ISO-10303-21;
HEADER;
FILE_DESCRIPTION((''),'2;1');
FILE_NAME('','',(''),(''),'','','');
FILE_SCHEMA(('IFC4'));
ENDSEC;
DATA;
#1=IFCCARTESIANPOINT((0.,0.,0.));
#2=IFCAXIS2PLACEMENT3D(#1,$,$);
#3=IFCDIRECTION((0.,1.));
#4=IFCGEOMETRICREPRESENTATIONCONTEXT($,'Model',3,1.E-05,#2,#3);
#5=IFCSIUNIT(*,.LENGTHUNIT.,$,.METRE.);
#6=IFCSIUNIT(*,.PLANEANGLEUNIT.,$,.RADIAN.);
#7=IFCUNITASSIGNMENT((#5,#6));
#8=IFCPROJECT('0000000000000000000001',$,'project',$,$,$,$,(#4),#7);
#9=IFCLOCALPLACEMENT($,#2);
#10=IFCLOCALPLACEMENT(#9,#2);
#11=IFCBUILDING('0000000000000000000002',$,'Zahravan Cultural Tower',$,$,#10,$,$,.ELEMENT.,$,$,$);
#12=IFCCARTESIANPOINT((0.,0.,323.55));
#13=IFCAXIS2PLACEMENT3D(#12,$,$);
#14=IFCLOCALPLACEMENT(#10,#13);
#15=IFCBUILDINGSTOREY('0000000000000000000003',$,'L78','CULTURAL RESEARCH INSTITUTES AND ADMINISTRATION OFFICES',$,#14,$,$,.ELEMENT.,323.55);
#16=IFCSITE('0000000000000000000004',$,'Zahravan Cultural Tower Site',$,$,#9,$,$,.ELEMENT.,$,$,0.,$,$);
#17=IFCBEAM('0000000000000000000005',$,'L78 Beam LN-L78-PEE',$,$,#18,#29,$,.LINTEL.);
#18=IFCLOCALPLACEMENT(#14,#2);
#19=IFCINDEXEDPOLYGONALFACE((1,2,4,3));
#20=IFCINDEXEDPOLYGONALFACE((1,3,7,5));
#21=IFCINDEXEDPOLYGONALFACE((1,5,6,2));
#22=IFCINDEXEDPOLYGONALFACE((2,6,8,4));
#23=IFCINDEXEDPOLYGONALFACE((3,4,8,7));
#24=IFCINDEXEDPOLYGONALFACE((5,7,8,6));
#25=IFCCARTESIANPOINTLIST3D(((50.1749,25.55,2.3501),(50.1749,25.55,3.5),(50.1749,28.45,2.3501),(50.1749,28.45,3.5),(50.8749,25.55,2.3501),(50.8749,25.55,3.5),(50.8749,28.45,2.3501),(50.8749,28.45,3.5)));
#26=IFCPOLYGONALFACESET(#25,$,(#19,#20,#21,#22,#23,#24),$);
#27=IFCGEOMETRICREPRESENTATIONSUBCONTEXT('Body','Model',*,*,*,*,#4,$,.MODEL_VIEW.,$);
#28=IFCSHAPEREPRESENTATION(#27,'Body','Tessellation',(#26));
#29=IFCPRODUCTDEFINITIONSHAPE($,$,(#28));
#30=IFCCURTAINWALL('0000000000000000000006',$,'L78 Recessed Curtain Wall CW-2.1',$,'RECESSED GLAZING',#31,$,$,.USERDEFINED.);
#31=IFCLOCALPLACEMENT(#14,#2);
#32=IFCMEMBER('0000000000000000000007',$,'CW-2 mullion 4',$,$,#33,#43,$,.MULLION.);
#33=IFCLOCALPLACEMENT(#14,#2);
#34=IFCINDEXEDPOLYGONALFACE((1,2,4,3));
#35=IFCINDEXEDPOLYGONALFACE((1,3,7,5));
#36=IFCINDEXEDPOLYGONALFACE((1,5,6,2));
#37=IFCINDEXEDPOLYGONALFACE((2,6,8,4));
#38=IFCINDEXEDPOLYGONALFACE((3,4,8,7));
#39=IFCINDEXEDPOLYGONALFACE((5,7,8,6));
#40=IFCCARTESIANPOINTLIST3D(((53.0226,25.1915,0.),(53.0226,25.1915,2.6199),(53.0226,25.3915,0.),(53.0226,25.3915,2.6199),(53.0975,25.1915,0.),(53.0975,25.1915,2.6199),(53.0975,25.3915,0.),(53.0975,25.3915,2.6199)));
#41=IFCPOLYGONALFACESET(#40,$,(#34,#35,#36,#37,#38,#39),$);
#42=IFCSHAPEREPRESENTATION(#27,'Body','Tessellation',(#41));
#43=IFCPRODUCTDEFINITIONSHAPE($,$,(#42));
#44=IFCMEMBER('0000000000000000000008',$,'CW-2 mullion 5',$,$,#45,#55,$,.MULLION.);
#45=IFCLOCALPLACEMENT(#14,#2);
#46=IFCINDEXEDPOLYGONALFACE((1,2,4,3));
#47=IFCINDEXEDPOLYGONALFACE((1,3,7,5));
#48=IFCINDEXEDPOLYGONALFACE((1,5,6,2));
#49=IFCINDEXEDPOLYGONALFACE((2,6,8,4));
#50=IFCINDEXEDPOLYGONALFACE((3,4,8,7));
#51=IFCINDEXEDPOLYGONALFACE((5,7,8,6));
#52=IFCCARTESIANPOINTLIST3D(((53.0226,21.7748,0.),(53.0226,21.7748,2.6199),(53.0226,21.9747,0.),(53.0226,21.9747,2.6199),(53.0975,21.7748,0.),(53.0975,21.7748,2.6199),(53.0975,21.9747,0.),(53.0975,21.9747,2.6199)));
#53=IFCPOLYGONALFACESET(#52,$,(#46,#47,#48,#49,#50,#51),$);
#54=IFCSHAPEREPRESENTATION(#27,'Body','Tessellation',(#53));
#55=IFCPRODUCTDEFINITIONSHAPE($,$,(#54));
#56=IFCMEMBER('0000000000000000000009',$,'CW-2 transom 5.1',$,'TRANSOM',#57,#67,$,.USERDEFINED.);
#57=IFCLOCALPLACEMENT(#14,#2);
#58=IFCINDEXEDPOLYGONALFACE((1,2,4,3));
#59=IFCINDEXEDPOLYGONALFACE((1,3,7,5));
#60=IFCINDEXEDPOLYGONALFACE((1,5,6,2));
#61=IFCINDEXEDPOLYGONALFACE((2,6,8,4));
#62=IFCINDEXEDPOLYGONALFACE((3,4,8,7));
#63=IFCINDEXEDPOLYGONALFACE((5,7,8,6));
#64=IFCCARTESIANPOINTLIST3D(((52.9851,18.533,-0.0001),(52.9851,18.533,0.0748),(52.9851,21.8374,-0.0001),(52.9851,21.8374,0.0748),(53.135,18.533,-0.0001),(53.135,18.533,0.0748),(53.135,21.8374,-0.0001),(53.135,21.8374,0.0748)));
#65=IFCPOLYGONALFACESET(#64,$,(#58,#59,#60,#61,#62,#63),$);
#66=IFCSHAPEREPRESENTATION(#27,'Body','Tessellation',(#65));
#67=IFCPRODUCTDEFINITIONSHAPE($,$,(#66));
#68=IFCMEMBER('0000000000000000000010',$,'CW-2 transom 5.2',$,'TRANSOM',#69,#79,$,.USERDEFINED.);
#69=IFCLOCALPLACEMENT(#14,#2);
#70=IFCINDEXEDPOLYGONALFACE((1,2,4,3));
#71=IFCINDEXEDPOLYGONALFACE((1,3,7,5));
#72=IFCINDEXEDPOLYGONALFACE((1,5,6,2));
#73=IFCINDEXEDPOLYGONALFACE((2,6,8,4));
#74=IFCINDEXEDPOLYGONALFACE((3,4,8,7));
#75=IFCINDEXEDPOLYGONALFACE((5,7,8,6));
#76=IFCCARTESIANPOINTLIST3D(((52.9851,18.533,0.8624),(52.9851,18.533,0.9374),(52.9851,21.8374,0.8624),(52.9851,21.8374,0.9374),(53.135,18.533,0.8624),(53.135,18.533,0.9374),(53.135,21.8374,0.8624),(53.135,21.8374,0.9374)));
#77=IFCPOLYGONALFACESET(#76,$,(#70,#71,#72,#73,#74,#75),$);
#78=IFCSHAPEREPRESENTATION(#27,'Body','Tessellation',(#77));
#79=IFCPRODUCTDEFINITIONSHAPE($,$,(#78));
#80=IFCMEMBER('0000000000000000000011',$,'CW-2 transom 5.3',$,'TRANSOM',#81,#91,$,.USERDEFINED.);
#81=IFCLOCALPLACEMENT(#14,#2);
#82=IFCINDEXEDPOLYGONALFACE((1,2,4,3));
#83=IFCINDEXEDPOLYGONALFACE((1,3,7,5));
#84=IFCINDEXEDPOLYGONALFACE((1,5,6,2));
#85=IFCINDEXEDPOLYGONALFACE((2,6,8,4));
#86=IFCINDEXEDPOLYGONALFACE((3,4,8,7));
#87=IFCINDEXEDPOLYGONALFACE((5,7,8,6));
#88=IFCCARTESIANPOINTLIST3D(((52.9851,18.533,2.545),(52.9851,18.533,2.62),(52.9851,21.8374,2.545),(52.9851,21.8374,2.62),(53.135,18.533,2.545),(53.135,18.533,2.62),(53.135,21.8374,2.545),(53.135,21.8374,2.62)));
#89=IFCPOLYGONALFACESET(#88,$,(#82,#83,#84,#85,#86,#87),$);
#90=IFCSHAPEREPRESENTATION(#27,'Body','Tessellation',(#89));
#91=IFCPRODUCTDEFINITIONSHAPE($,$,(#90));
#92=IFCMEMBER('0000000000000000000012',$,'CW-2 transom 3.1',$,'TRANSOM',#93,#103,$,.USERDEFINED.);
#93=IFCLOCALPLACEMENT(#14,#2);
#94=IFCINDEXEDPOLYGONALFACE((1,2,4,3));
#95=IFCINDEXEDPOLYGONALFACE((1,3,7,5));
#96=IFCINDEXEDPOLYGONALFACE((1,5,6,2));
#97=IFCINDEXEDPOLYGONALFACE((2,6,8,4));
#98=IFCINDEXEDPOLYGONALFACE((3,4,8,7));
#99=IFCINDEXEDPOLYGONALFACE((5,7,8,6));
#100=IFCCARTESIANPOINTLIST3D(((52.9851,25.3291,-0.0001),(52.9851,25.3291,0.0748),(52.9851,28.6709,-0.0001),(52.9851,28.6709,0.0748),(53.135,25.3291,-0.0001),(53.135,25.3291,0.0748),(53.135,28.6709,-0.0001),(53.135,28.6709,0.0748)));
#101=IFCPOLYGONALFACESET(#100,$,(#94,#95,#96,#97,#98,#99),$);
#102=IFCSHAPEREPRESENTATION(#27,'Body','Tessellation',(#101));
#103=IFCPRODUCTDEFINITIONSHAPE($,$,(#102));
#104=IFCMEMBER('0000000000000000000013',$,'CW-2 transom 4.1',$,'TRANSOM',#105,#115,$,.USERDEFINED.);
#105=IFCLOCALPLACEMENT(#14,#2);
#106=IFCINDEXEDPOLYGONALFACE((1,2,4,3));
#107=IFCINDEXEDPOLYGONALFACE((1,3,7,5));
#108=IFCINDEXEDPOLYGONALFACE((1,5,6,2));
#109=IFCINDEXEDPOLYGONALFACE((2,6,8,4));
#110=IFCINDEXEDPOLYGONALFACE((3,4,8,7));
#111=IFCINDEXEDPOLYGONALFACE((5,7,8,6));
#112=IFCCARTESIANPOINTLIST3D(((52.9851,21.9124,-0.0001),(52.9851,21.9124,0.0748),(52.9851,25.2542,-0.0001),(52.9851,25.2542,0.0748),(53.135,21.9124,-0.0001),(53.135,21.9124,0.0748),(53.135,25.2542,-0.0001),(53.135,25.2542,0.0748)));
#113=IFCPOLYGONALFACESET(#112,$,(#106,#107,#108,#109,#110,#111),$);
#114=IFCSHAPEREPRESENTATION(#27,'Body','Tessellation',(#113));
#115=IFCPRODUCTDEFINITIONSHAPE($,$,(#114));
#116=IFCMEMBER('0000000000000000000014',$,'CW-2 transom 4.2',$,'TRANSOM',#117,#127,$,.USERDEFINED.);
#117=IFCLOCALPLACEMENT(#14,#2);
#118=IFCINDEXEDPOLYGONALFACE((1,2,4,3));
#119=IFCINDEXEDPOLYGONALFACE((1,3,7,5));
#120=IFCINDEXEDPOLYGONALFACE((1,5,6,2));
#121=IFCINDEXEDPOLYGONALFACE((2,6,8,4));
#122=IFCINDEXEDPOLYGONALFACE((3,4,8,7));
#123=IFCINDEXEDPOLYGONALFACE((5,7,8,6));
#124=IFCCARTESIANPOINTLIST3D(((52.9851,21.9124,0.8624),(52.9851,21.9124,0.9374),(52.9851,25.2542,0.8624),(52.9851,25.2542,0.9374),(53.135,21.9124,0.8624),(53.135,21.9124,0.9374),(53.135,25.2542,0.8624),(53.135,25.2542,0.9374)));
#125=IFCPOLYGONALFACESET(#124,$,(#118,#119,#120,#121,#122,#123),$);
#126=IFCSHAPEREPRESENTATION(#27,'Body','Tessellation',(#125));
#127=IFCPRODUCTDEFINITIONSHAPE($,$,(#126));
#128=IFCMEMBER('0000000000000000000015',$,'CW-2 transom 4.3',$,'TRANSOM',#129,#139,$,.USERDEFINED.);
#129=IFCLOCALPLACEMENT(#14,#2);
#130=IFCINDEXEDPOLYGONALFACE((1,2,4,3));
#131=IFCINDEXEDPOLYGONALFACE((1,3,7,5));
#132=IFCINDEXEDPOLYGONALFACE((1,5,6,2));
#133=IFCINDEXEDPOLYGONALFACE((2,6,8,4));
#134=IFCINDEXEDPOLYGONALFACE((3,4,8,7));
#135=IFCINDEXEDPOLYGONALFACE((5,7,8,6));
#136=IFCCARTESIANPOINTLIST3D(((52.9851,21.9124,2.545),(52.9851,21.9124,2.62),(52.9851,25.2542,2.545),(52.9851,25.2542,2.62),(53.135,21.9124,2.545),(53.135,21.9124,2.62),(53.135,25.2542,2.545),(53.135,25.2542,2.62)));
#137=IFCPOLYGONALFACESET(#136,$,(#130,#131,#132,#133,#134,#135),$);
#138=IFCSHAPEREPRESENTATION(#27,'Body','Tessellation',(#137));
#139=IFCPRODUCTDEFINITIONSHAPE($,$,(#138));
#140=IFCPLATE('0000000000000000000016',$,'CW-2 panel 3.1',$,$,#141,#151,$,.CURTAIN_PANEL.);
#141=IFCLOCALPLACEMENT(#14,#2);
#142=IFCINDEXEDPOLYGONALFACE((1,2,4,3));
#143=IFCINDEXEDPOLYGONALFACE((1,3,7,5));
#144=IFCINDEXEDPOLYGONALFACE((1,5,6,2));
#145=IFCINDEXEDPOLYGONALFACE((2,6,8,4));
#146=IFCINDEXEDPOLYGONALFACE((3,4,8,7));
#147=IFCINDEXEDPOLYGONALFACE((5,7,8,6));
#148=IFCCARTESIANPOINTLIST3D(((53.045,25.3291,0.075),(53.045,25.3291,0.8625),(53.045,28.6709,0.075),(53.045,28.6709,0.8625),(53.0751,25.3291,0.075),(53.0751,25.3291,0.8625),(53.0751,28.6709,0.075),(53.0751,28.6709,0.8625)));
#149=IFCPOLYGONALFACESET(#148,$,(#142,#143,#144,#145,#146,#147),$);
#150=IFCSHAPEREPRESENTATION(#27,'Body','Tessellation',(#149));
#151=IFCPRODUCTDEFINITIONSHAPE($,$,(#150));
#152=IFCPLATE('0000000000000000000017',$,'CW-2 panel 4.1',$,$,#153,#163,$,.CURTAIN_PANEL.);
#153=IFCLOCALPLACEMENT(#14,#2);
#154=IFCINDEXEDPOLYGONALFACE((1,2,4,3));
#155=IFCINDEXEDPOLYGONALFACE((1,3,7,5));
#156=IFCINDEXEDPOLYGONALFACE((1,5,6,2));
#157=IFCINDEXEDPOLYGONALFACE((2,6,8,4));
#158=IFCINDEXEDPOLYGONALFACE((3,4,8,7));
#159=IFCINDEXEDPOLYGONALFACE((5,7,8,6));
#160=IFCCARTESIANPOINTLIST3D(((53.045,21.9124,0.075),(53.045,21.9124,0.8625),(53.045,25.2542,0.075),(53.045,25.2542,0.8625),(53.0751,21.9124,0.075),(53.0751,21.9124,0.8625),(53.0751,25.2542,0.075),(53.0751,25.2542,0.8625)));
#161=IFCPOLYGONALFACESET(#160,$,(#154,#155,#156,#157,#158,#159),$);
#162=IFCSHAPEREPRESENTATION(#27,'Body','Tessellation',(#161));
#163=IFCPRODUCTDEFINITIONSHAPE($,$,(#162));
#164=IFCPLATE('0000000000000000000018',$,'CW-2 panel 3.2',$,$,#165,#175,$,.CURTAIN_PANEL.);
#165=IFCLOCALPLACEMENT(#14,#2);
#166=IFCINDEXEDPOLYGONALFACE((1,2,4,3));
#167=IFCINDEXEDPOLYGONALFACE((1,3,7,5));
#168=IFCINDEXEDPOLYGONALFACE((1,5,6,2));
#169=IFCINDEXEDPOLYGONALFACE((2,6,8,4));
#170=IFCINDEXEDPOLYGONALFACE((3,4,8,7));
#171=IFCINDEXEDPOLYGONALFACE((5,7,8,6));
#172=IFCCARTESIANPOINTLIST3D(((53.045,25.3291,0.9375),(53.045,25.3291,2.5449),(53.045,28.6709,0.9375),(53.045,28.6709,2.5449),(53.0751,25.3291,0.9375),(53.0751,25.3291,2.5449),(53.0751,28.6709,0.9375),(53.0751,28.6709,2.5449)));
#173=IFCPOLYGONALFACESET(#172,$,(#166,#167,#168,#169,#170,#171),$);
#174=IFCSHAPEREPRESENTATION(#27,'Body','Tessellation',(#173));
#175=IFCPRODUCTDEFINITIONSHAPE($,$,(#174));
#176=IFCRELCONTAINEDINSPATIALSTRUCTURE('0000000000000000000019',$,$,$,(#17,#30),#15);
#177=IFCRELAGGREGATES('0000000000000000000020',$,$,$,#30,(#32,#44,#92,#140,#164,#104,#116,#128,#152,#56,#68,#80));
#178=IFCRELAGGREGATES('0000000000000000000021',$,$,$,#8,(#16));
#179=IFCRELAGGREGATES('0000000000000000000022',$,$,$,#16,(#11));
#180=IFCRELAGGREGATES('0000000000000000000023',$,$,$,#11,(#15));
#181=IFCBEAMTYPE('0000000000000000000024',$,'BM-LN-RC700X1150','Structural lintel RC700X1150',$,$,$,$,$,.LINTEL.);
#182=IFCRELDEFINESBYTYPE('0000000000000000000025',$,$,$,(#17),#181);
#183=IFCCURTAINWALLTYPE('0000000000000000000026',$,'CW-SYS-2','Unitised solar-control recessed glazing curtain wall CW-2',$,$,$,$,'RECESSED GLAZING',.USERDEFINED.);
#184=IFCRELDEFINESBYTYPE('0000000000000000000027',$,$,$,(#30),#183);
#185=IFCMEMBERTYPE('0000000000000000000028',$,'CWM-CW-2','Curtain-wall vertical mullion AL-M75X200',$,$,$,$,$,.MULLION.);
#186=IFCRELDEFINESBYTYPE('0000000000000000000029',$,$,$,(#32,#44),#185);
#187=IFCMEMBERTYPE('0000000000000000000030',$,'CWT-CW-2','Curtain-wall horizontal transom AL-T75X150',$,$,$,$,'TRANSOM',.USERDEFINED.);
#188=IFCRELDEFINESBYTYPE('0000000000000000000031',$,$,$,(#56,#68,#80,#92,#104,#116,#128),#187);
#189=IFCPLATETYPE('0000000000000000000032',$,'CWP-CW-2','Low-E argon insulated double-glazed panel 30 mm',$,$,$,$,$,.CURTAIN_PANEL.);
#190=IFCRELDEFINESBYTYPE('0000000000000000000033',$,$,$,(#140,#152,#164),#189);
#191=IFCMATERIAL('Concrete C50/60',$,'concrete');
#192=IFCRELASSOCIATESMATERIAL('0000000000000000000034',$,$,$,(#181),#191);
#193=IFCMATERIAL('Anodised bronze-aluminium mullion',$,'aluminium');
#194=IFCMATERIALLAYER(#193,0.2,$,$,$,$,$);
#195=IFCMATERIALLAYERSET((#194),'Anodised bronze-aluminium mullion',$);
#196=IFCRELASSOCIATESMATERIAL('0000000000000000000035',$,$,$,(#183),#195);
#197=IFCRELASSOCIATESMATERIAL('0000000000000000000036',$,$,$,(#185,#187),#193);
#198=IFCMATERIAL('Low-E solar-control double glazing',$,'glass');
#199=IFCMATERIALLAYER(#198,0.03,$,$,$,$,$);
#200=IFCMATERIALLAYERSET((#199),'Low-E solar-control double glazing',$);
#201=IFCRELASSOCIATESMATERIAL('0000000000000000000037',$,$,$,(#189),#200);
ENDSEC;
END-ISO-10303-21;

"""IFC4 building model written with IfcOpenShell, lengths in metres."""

from ifc_helpers import new_model, si_unit, direction, frame, origin, origin_2d, place, context, subcontext, project, spatial, rectangle, extrude, source, transform, mapped, material, layer, layer_set, material_profile, profile_set, type_object, element, aggregate, save


model = new_model("IFC4")

# Units and contexts
model_context = context("Model", 3, precision=1e-05, world=origin(), true_north=direction((0.0, 1.0)))
body_context = subcontext(model_context, "Body", "Model", "MODEL_VIEW")
ifc_project = project(units=[si_unit("LENGTHUNIT", "METRE"), si_unit("PLANEANGLEUNIT", "RADIAN")], contexts=[model_context])

# Site, building, storey
site_placement = place(None, origin())
site = spatial("IfcSite", under=ifc_project, at=site_placement, Name="Zahravan Cultural Tower Site", CompositionType="ELEMENT", RefElevation=0.0)
building_placement = place(site_placement, origin())
building = spatial("IfcBuilding", under=site, at=building_placement, Name="Zahravan Cultural Tower", CompositionType="ELEMENT")
storey_placement = place(building_placement, frame((0.0, 0.0, 323.55)))
storey = spatial("IfcBuildingStorey", under=building, at=storey_placement, Name="L78", Description="CULTURAL RESEARCH INSTITUTES AND ADMINISTRATION OFFICES", CompositionType="ELEMENT", Elevation=323.55)

# Beam
ifc_material_1 = material(Name="Concrete C50/60", Category="concrete")
ifc_material_profile_1 = material_profile(ifc_material_1, rectangle(XDim=0.7, YDim=1.1499, at=origin_2d()), Name="RC700X1150")
ifc_profile_set_1 = profile_set([ifc_material_profile_1], Name="Concrete C50/60")
beam_type = type_object("IfcBeamType", Name="BM-LN-RC700X1150", Description="Structural lintel RC700X1150", PredefinedType="LINTEL", material=ifc_profile_set_1)
shared_shape_1 = source(origin(), body_context, "Body", "SweptSolid", [
    extrude(rectangle(XDim=0.7, YDim=1.1499, at=origin_2d()), origin(), (0.0, 0.0, 1.0), 2.8999),
])
beam_placement = place(storey_placement, frame((50.5249, 25.55, 2.925), z_axis=(0.0, 1.0, 0.0), x_axis=(-1.0, 0.0, 0.0)))
element("IfcBeam", 1, at=beam_placement, inside=storey, type_object=beam_type, Name="L78 Beam LN-L78-PEE", PredefinedType="LINTEL", context=body_context, shape_type="MappedRepresentation", body=[
    mapped(shared_shape_1, transform((0.0, 0.0, 0.0), x_axis=(1.0, 0.0, 0.0), y_axis=(0.0, 1.0, 0.0), z_axis=(0.0, 0.0, 1.0), scale=1.0)),
])

# Curtain wall, members, plates
ifc_material_2 = material(Name="Anodised bronze-aluminium mullion", Category="aluminium")
ifc_layer_1 = layer(ifc_material_2, 0.2)
ifc_layer_set_1 = layer_set([ifc_layer_1], Name="Anodised bronze-aluminium mullion")
curtain_wall_type = type_object("IfcCurtainWallType", Name="CW-SYS-2", Description="Unitised solar-control recessed glazing curtain wall CW-2", ElementType="RECESSED GLAZING", PredefinedType="USERDEFINED", material=ifc_layer_set_1)
curtain_wall_placement = place(storey_placement, origin())
curtain_wall = element("IfcCurtainWall", 2, at=curtain_wall_placement, inside=storey, type_object=curtain_wall_type, Name="L78 Recessed Curtain Wall CW-2.1", ObjectType="RECESSED GLAZING", PredefinedType="USERDEFINED")
ifc_material_profile_2 = material_profile(ifc_material_2, rectangle(XDim=0.075, YDim=0.2, at=origin_2d()), Name="AL-M75X200")
ifc_profile_set_2 = profile_set([ifc_material_profile_2], Name="Anodised bronze-aluminium mullion")
member_type_1 = type_object("IfcMemberType", Name="CWM-CW-2", Description="Curtain-wall vertical mullion AL-M75X200", PredefinedType="MULLION", material=ifc_profile_set_2)
shared_shape_2 = source(origin(), body_context, "Body", "SweptSolid", [
    extrude(rectangle(XDim=0.075, YDim=0.2, at=origin_2d()), origin(), (0.0, 0.0, 1.0), 2.6199),
])
member_1_placement = place(storey_placement, frame((53.0601, 25.2915, 0.0), z_axis=(0.0, 0.0, 1.0), x_axis=(1.0, 0.0, 0.0)))
member_1 = element("IfcMember", 3, at=member_1_placement, type_object=member_type_1, Name="CW-2 mullion 4", PredefinedType="MULLION", context=body_context, shape_type="MappedRepresentation", body=[
    mapped(shared_shape_2, transform((0.0, 0.0, 0.0), x_axis=(1.0, 0.0, 0.0), y_axis=(0.0, 1.0, 0.0), z_axis=(0.0, 0.0, 1.0), scale=1.0)),
])
member_2_placement = place(storey_placement, frame((53.0601, 21.8748, 0.0), z_axis=(0.0, 0.0, 1.0), x_axis=(1.0, 0.0, 0.0)))
member_2 = element("IfcMember", 4, at=member_2_placement, type_object=member_type_1, Name="CW-2 mullion 5", PredefinedType="MULLION", context=body_context, shape_type="MappedRepresentation", body=[
    mapped(shared_shape_2, transform((0.0, 0.0, 0.0), x_axis=(1.0, 0.0, 0.0), y_axis=(0.0, 1.0, 0.0), z_axis=(0.0, 0.0, 1.0), scale=1.0)),
])
ifc_material_profile_3 = material_profile(ifc_material_2, rectangle(XDim=0.1499, YDim=0.075, at=origin_2d()), Name="AL-T75X150")
ifc_profile_set_3 = profile_set([ifc_material_profile_3], Name="Anodised bronze-aluminium mullion")
member_type_2 = type_object("IfcMemberType", Name="CWT-CW-2", Description="Curtain-wall horizontal transom AL-T75X150", ElementType="TRANSOM", PredefinedType="USERDEFINED", material=ifc_profile_set_3)
shared_shape_3 = source(origin(), body_context, "Body", "SweptSolid", [
    extrude(rectangle(XDim=0.1499, YDim=0.075, at=origin_2d()), origin(), (0.0, 0.0, 1.0), 3.3044),
])
member_3_placement = place(storey_placement, frame((53.0601, 21.8374, 0.0374), z_axis=(0.0, -1.0, 0.0), x_axis=(1.0, 0.0, 0.0)))
member_3 = element("IfcMember", 5, at=member_3_placement, type_object=member_type_2, Name="CW-2 transom 5.1", ObjectType="TRANSOM", PredefinedType="USERDEFINED", context=body_context, shape_type="MappedRepresentation", body=[
    mapped(shared_shape_3, transform((0.0, 0.0, 0.0), x_axis=(1.0, 0.0, 0.0), y_axis=(0.0, 1.0, 0.0), z_axis=(0.0, 0.0, 1.0), scale=1.0)),
])
member_4_placement = place(storey_placement, frame((53.0601, 21.8374, 0.8999), z_axis=(0.0, -1.0, 0.0), x_axis=(1.0, 0.0, 0.0)))
member_4 = element("IfcMember", 6, at=member_4_placement, type_object=member_type_2, Name="CW-2 transom 5.2", ObjectType="TRANSOM", PredefinedType="USERDEFINED", context=body_context, shape_type="MappedRepresentation", body=[
    mapped(shared_shape_3, transform((0.0, 0.0, 0.0), x_axis=(1.0, 0.0, 0.0), y_axis=(0.0, 1.0, 0.0), z_axis=(0.0, 0.0, 1.0), scale=1.0)),
])
member_5_placement = place(storey_placement, frame((53.0601, 21.8374, 2.5825), z_axis=(0.0, -1.0, 0.0), x_axis=(1.0, 0.0, 0.0)))
member_5 = element("IfcMember", 7, at=member_5_placement, type_object=member_type_2, Name="CW-2 transom 5.3", ObjectType="TRANSOM", PredefinedType="USERDEFINED", context=body_context, shape_type="MappedRepresentation", body=[
    mapped(shared_shape_3, transform((0.0, 0.0, 0.0), x_axis=(1.0, 0.0, 0.0), y_axis=(0.0, 1.0, 0.0), z_axis=(0.0, 0.0, 1.0), scale=1.0)),
])
shared_shape_4 = source(origin(), body_context, "Body", "SweptSolid", [
    extrude(rectangle(XDim=0.1499, YDim=0.075, at=origin_2d()), origin(), (0.0, 0.0, 1.0), 3.3418),
])
member_6_placement = place(storey_placement, frame((53.0601, 28.6709, 0.0374), z_axis=(0.0, -1.0, 0.0), x_axis=(1.0, 0.0, 0.0)))
member_6 = element("IfcMember", 8, at=member_6_placement, type_object=member_type_2, Name="CW-2 transom 3.1", ObjectType="TRANSOM", PredefinedType="USERDEFINED", context=body_context, shape_type="MappedRepresentation", body=[
    mapped(shared_shape_4, transform((0.0, 0.0, 0.0), x_axis=(1.0, 0.0, 0.0), y_axis=(0.0, 1.0, 0.0), z_axis=(0.0, 0.0, 1.0), scale=1.0)),
])
member_7_placement = place(storey_placement, frame((53.0601, 25.2542, 0.0374), z_axis=(0.0, -1.0, 0.0), x_axis=(1.0, 0.0, 0.0)))
member_7 = element("IfcMember", 9, at=member_7_placement, type_object=member_type_2, Name="CW-2 transom 4.1", ObjectType="TRANSOM", PredefinedType="USERDEFINED", context=body_context, shape_type="MappedRepresentation", body=[
    mapped(shared_shape_4, transform((0.0, 0.0, 0.0), x_axis=(1.0, 0.0, 0.0), y_axis=(0.0, 1.0, 0.0), z_axis=(0.0, 0.0, 1.0), scale=1.0)),
])
member_8_placement = place(storey_placement, frame((53.0601, 25.2542, 0.8999), z_axis=(0.0, -1.0, 0.0), x_axis=(1.0, 0.0, 0.0)))
member_8 = element("IfcMember", 10, at=member_8_placement, type_object=member_type_2, Name="CW-2 transom 4.2", ObjectType="TRANSOM", PredefinedType="USERDEFINED", context=body_context, shape_type="MappedRepresentation", body=[
    mapped(shared_shape_4, transform((0.0, 0.0, 0.0), x_axis=(1.0, 0.0, 0.0), y_axis=(0.0, 1.0, 0.0), z_axis=(0.0, 0.0, 1.0), scale=1.0)),
])
member_9_placement = place(storey_placement, frame((53.0601, 25.2542, 2.5825), z_axis=(0.0, -1.0, 0.0), x_axis=(1.0, 0.0, 0.0)))
member_9 = element("IfcMember", 11, at=member_9_placement, type_object=member_type_2, Name="CW-2 transom 4.3", ObjectType="TRANSOM", PredefinedType="USERDEFINED", context=body_context, shape_type="MappedRepresentation", body=[
    mapped(shared_shape_4, transform((0.0, 0.0, 0.0), x_axis=(1.0, 0.0, 0.0), y_axis=(0.0, 1.0, 0.0), z_axis=(0.0, 0.0, 1.0), scale=1.0)),
])
ifc_material_3 = material(Name="Low-E solar-control double glazing", Category="glass")
ifc_layer_2 = layer(ifc_material_3, 0.03)
ifc_layer_set_2 = layer_set([ifc_layer_2], Name="Low-E solar-control double glazing")
plate_type = type_object("IfcPlateType", Name="CWP-CW-2", Description="Low-E argon insulated double-glazed panel 30 mm", PredefinedType="CURTAIN_PANEL", material=ifc_layer_set_2)
shared_shape_5 = source(origin(), body_context, "Body", "SweptSolid", [
    extrude(rectangle(XDim=3.3418, YDim=0.03, at=origin_2d()), origin(), (0.0, 0.0, 1.0), 0.7876),
])
plate_1_placement = place(storey_placement, frame((53.0601, 27.0, 0.075), z_axis=(0.0, 0.0, 1.0), x_axis=(0.0, -1.0, 0.0)))
plate_1 = element("IfcPlate", 12, at=plate_1_placement, type_object=plate_type, Name="CW-2 panel 3.1", PredefinedType="CURTAIN_PANEL", context=body_context, shape_type="MappedRepresentation", body=[
    mapped(shared_shape_5, transform((0.0, 0.0, 0.0), x_axis=(1.0, 0.0, 0.0), y_axis=(0.0, 1.0, 0.0), z_axis=(0.0, 0.0, 1.0), scale=1.0)),
])
plate_2_placement = place(storey_placement, frame((53.0601, 23.5833, 0.075), z_axis=(0.0, 0.0, 1.0), x_axis=(0.0, -1.0, 0.0)))
plate_2 = element("IfcPlate", 13, at=plate_2_placement, type_object=plate_type, Name="CW-2 panel 4.1", PredefinedType="CURTAIN_PANEL", context=body_context, shape_type="MappedRepresentation", body=[
    mapped(shared_shape_5, transform((0.0, 0.0, 0.0), x_axis=(1.0, 0.0, 0.0), y_axis=(0.0, 1.0, 0.0), z_axis=(0.0, 0.0, 1.0), scale=1.0)),
])
shared_shape_6 = source(origin(), body_context, "Body", "SweptSolid", [
    extrude(rectangle(XDim=3.3418, YDim=0.03, at=origin_2d()), origin(), (0.0, 0.0, 1.0), 1.6074),
])
plate_3_placement = place(storey_placement, frame((53.0601, 27.0, 0.9375), z_axis=(0.0, 0.0, 1.0), x_axis=(0.0, -1.0, 0.0)))
plate_3 = element("IfcPlate", 14, at=plate_3_placement, type_object=plate_type, Name="CW-2 panel 3.2", PredefinedType="CURTAIN_PANEL", context=body_context, shape_type="MappedRepresentation", body=[
    mapped(shared_shape_6, transform((0.0, 0.0, 0.0), x_axis=(1.0, 0.0, 0.0), y_axis=(0.0, 1.0, 0.0), z_axis=(0.0, 0.0, 1.0), scale=1.0)),
])
aggregate(curtain_wall, [member_1, member_2, member_6, plate_1, plate_3, member_7, member_8, member_9, plate_2, member_3, member_4, member_5])

save(model, "model.ifc")
